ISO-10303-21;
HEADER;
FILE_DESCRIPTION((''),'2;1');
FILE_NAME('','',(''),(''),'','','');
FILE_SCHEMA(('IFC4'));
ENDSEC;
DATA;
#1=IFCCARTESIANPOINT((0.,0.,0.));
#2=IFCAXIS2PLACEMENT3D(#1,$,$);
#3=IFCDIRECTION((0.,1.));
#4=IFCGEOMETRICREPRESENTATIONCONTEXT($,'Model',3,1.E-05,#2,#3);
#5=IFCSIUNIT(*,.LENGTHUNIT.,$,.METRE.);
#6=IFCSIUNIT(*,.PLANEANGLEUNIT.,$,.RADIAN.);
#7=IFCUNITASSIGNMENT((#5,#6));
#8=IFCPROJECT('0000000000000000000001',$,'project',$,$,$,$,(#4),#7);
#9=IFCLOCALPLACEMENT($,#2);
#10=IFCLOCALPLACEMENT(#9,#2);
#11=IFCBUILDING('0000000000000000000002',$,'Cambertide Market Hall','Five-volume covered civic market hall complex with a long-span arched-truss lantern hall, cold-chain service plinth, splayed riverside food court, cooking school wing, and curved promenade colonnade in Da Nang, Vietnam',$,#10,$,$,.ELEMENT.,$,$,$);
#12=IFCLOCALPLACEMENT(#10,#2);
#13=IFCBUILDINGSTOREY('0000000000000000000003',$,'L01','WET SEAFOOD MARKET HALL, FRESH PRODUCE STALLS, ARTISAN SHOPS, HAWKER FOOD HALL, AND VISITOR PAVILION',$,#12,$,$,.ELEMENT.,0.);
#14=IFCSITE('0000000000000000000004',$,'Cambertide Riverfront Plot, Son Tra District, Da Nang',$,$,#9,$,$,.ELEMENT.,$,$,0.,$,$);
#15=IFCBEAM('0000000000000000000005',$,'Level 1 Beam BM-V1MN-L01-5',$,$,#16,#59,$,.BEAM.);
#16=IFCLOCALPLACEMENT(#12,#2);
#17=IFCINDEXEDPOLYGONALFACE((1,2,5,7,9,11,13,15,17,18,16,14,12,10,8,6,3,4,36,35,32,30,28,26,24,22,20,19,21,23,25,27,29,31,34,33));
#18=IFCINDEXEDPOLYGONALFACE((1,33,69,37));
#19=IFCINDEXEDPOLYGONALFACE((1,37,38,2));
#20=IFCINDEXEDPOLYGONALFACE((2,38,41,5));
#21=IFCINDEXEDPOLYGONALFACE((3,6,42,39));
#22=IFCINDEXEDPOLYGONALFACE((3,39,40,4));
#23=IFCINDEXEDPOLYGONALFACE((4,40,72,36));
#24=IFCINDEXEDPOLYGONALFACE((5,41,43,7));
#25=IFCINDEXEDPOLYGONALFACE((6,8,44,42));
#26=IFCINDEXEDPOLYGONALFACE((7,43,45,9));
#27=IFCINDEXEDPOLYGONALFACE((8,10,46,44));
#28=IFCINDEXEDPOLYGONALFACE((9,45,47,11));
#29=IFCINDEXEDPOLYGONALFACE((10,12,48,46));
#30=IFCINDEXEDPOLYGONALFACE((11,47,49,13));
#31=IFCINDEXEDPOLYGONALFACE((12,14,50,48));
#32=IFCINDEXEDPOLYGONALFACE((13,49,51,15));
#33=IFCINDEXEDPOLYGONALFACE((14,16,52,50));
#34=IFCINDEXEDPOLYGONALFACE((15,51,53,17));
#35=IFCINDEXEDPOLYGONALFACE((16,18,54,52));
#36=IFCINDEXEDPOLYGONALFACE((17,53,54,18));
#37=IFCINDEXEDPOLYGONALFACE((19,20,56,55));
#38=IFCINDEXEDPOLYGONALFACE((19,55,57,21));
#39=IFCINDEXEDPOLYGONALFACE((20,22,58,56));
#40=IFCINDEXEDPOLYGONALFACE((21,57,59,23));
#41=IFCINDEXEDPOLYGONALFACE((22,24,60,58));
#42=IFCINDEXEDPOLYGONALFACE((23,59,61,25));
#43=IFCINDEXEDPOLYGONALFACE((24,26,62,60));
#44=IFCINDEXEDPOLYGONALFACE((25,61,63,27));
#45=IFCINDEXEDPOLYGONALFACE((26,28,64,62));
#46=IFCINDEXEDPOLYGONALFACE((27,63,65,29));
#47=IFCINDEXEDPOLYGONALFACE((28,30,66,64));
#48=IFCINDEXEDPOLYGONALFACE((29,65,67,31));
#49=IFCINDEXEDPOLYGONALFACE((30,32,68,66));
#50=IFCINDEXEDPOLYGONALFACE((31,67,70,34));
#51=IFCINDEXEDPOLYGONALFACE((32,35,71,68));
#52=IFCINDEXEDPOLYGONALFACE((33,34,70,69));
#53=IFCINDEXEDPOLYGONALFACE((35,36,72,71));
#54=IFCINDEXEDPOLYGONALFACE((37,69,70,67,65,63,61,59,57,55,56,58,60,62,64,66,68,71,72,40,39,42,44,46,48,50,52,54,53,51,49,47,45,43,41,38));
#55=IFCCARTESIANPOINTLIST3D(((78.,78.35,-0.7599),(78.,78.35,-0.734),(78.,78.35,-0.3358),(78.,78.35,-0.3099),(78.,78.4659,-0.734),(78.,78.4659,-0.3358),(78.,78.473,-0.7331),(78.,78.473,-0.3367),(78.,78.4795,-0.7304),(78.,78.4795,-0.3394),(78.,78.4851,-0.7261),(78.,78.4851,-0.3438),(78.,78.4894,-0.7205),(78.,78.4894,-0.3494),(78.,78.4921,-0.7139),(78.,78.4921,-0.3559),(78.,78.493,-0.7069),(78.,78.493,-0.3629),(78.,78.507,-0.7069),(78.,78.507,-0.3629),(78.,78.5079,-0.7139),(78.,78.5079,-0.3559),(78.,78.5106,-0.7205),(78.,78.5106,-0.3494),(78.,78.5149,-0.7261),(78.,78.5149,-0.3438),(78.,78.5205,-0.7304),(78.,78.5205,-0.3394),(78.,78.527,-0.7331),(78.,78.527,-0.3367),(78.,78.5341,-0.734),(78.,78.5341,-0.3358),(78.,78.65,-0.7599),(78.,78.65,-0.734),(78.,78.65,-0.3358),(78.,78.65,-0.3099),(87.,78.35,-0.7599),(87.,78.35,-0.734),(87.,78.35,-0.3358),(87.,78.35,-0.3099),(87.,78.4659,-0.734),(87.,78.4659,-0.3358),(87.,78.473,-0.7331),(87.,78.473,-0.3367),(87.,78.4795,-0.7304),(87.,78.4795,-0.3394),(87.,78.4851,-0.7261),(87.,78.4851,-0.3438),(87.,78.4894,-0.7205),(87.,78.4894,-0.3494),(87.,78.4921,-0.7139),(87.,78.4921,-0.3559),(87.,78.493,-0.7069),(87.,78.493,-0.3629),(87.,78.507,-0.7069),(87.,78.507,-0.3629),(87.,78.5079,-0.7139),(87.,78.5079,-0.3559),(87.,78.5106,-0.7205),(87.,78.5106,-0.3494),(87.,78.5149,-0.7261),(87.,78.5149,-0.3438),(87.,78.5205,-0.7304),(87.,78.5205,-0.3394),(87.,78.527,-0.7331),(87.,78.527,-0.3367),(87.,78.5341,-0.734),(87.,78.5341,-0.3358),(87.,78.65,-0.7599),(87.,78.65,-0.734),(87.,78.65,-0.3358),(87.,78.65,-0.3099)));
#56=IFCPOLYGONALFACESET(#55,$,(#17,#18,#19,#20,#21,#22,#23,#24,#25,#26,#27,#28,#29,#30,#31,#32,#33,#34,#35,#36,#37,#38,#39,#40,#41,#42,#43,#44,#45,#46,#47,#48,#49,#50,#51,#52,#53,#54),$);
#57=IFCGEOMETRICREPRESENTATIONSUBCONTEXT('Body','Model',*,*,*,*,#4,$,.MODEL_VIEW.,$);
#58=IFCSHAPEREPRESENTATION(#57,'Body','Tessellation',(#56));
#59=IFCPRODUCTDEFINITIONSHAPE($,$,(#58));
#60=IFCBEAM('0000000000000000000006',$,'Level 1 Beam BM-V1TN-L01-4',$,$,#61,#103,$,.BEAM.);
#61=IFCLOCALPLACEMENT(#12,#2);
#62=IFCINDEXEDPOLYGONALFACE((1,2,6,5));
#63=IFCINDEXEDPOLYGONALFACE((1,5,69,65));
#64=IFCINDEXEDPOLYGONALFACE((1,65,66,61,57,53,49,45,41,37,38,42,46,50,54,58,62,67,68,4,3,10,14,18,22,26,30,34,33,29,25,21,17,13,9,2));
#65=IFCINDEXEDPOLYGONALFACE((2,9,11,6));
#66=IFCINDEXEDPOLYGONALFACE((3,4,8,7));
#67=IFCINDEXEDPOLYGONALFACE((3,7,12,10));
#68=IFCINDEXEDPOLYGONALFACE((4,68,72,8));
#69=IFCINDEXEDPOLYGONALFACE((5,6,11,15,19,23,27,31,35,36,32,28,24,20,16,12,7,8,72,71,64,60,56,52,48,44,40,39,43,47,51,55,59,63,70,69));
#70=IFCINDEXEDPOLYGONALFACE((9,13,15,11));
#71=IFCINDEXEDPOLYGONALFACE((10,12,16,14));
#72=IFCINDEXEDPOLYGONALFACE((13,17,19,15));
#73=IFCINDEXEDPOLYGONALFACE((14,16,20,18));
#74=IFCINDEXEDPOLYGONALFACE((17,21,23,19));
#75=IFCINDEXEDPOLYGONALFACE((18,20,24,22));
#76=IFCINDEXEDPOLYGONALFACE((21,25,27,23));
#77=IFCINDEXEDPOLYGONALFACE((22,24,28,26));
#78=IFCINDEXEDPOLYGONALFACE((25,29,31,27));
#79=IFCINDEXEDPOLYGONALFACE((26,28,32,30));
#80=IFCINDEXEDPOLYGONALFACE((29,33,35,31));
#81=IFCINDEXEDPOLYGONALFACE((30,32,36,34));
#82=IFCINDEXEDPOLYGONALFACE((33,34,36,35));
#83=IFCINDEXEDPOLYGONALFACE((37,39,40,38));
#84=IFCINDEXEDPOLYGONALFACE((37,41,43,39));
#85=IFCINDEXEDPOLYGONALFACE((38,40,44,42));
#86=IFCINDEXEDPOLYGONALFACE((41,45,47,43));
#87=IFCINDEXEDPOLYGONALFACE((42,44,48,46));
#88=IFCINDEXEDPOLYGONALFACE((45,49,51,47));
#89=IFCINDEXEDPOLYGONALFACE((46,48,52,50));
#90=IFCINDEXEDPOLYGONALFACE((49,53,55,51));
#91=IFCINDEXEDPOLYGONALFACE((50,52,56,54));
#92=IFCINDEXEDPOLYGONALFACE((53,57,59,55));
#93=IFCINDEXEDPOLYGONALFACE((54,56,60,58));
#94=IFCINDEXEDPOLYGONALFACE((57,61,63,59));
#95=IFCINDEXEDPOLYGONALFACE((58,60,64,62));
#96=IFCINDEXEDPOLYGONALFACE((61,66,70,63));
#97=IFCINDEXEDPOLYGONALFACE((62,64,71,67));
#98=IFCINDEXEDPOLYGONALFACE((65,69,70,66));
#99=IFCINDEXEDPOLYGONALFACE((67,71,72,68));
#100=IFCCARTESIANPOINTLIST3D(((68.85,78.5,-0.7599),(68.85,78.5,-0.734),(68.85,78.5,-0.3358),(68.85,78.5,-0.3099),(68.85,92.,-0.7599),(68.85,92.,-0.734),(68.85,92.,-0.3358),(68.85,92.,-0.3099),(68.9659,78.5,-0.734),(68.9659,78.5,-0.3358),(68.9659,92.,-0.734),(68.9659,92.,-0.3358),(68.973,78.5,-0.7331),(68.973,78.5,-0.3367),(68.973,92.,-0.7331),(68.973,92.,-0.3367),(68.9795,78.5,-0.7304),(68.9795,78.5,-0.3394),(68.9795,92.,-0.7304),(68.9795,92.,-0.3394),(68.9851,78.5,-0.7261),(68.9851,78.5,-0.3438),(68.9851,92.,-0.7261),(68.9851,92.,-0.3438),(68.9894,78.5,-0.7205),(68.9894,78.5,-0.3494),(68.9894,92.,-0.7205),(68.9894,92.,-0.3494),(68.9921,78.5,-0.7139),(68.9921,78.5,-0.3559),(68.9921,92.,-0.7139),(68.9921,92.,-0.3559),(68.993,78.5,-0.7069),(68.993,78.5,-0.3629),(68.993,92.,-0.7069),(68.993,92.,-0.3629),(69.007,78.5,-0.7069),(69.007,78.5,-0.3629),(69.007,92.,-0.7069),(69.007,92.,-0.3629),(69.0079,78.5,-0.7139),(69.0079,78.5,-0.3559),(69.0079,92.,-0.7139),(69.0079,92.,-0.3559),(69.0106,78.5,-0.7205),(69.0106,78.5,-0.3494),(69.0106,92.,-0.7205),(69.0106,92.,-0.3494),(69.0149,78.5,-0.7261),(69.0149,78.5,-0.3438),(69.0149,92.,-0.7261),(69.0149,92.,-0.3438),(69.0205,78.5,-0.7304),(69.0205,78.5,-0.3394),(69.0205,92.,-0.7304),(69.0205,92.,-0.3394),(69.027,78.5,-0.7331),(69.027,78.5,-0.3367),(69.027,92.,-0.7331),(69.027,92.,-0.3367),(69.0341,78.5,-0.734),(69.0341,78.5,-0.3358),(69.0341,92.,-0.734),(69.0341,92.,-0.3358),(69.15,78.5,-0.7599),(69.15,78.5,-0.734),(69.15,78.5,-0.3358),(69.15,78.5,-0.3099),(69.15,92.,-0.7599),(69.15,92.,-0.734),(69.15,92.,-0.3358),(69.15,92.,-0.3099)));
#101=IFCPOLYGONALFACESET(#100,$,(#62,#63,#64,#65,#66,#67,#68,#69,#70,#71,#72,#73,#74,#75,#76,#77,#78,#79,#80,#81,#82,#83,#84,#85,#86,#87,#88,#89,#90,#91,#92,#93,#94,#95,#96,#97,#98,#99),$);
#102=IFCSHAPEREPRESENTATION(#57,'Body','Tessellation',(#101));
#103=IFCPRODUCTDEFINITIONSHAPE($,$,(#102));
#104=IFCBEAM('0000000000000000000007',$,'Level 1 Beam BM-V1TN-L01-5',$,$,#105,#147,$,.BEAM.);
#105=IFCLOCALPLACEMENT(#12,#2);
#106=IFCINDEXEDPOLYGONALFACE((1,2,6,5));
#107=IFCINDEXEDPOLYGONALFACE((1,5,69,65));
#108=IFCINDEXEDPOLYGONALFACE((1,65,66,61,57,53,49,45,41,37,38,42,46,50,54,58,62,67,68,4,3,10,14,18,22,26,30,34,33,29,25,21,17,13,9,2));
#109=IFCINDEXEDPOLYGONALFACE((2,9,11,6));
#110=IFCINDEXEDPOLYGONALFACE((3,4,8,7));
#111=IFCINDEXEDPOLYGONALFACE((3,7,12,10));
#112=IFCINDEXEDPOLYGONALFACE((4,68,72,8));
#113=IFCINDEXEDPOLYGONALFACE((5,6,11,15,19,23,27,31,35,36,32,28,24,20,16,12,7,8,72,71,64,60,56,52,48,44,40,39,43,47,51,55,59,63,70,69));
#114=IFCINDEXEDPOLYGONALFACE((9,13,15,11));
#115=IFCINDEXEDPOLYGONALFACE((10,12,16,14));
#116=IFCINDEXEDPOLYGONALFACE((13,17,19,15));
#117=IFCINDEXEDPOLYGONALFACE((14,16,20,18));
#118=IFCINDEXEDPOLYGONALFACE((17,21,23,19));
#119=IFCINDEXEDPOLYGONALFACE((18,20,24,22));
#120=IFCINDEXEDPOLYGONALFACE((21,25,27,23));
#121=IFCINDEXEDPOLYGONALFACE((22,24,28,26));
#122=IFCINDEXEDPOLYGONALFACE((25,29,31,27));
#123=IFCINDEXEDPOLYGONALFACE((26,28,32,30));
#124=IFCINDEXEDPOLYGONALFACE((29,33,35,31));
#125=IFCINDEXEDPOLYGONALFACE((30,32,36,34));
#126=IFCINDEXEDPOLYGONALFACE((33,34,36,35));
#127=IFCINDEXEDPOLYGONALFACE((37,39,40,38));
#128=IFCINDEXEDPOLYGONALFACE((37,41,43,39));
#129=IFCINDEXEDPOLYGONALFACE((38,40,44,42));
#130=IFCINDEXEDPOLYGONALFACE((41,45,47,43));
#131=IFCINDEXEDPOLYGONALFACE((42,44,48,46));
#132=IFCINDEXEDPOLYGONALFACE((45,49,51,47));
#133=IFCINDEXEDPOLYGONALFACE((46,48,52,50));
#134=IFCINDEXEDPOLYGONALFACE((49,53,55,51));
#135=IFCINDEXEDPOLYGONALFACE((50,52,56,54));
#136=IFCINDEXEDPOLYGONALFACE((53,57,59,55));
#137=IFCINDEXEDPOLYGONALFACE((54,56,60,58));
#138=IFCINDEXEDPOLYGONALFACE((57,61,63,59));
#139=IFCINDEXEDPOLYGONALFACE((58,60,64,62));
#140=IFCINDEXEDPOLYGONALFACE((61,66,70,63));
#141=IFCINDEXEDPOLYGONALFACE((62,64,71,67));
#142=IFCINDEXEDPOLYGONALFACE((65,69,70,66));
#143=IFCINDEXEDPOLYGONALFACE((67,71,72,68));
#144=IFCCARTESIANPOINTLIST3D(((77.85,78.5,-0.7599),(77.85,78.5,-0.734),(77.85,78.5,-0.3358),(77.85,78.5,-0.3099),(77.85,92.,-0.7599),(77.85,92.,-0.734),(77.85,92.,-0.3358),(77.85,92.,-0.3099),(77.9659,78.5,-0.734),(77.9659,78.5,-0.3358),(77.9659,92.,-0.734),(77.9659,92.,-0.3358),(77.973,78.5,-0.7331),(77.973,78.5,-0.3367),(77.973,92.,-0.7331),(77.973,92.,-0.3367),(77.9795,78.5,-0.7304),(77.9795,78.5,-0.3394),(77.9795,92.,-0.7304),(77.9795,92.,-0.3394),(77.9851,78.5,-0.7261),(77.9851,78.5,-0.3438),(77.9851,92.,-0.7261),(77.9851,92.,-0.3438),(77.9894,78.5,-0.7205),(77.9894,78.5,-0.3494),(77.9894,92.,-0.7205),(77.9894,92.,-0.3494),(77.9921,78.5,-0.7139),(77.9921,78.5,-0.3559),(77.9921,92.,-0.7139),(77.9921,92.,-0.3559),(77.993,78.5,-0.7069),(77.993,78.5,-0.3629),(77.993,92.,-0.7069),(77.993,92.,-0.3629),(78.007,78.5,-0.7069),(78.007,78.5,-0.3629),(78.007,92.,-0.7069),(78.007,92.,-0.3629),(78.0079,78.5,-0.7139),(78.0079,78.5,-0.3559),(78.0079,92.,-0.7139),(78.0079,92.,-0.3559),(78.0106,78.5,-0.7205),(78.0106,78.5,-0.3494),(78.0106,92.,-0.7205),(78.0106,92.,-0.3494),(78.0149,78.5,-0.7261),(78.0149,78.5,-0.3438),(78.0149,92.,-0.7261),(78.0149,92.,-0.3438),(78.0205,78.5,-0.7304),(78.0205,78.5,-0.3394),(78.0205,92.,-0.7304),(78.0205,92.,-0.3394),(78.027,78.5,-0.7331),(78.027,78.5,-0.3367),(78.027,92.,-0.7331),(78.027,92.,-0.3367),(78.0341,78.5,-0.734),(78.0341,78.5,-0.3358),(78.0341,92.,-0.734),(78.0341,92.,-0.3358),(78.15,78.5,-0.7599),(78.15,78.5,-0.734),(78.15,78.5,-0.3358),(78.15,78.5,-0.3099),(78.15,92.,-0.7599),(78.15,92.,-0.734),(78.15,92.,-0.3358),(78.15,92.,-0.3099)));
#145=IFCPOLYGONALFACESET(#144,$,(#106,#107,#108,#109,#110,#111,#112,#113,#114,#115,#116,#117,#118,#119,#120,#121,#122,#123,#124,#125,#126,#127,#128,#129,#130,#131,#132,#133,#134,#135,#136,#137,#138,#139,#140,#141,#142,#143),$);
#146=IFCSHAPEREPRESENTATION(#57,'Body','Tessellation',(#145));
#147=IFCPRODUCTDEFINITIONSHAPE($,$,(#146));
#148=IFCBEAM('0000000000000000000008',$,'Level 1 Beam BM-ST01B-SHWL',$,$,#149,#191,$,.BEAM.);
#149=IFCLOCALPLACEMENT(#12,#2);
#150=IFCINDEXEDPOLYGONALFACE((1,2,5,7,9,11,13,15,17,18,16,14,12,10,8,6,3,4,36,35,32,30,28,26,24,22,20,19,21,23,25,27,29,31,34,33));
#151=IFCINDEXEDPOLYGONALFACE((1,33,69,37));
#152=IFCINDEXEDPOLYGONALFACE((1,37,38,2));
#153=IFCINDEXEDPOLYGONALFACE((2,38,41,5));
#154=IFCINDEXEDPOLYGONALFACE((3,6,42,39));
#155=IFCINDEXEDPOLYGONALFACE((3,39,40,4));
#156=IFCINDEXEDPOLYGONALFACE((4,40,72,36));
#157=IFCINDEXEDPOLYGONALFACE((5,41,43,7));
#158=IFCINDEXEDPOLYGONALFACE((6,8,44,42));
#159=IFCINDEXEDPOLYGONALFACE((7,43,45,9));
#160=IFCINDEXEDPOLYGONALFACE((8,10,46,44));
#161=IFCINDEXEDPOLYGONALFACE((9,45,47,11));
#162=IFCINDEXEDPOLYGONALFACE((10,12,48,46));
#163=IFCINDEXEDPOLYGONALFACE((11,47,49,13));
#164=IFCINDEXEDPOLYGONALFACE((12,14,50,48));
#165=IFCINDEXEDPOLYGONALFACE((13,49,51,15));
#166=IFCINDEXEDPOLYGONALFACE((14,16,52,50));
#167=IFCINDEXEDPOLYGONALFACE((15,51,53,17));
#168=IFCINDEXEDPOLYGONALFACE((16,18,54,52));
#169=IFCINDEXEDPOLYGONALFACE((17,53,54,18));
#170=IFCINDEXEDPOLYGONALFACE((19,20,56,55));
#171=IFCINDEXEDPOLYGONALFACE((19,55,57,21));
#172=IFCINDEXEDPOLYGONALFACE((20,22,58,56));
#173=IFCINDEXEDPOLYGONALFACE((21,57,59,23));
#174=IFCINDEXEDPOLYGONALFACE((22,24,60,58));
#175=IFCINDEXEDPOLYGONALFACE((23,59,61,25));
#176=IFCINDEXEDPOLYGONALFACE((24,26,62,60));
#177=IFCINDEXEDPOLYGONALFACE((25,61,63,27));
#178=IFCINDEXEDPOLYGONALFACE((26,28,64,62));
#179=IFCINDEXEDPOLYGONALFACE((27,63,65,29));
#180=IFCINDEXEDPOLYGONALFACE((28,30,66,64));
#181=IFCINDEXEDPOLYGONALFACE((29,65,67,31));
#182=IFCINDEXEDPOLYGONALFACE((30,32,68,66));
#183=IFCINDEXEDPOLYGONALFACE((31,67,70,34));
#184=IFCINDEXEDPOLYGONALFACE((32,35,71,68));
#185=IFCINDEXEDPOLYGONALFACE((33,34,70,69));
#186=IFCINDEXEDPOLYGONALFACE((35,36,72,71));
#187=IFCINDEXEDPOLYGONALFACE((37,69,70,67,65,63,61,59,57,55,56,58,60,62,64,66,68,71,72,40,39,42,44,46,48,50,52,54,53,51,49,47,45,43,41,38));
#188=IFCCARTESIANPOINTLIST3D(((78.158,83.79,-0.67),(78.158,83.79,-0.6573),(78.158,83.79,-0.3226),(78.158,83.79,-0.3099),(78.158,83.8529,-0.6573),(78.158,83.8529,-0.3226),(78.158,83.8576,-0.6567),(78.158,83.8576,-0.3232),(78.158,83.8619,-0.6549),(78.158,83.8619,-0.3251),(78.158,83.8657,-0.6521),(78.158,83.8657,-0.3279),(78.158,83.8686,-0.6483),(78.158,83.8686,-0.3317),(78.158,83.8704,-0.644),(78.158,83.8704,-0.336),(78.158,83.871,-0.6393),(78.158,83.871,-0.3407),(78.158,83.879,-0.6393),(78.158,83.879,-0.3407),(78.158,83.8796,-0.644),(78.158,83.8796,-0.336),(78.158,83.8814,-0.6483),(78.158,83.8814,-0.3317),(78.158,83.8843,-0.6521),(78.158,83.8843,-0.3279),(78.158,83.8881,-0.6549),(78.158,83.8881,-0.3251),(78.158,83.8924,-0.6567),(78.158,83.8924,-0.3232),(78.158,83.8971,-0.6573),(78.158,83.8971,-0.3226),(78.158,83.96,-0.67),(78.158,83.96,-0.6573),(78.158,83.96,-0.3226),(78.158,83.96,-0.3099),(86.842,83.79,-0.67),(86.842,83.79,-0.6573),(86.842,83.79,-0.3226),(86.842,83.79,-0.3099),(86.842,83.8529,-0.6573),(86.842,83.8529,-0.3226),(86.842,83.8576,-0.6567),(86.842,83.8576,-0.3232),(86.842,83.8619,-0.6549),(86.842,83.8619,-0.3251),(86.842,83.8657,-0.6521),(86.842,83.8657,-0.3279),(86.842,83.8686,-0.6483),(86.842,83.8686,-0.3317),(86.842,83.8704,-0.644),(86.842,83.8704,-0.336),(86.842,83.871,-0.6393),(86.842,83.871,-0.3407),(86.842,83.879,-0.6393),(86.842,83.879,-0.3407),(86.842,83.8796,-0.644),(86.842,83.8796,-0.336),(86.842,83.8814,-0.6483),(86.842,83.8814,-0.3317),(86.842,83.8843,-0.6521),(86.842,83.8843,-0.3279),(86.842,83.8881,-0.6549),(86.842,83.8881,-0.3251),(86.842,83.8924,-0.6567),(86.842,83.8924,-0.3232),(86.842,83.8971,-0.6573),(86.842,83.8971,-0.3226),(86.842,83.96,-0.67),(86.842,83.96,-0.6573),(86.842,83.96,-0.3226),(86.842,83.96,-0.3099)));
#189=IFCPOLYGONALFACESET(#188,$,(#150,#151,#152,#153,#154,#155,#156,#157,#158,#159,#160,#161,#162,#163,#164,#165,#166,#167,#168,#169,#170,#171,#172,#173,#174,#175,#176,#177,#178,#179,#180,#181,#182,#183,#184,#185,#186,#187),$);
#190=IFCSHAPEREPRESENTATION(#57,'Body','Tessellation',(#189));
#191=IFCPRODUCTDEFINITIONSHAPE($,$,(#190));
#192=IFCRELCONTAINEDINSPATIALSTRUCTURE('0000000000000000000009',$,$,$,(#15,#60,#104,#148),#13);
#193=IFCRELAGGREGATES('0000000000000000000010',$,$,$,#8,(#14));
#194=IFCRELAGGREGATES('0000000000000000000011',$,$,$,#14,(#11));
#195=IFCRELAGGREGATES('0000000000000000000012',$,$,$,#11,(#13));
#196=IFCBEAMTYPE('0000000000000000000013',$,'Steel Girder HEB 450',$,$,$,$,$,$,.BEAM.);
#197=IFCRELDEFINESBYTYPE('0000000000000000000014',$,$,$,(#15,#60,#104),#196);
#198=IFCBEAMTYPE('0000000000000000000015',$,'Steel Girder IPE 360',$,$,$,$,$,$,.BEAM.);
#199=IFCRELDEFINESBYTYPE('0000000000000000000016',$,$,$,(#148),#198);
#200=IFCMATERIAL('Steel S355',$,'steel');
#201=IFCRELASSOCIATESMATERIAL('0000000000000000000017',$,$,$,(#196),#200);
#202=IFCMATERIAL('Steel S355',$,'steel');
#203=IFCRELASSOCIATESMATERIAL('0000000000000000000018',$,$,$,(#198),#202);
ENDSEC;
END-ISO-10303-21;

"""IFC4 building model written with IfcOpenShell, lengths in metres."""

from ifc_helpers import new_model, si_unit, direction, frame, origin, origin_2d, place, context, subcontext, project, spatial, i_section, extrude, material, material_profile, profile_set, type_object, element, save


model = new_model("IFC4")

# Units and contexts
model_context = context("Model", 3, precision=1e-05, world=origin(), true_north=direction((0.0, 1.0)))
body_context = subcontext(model_context, "Body", "Model", "MODEL_VIEW")
ifc_project = project(units=[si_unit("LENGTHUNIT", "METRE"), si_unit("PLANEANGLEUNIT", "RADIAN")], contexts=[model_context])

# Site, building, storey
site_placement = place(None, origin())
site = spatial("IfcSite", under=ifc_project, at=site_placement, Name="Cambertide Riverfront Plot, Son Tra District, Da Nang", CompositionType="ELEMENT", RefElevation=0.0)
building_placement = place(site_placement, origin())
building = spatial("IfcBuilding", under=site, at=building_placement, Name="Cambertide Market Hall", Description="Five-volume covered civic market hall complex with a long-span arched-truss lantern hall, cold-chain service plinth, splayed riverside food court, cooking school wing, and curved promenade colonnade in Da Nang, Vietnam", CompositionType="ELEMENT")
storey_placement = place(building_placement, origin())
storey = spatial("IfcBuildingStorey", under=building, at=storey_placement, Name="L01", Description="WET SEAFOOD MARKET HALL, FRESH PRODUCE STALLS, ARTISAN SHOPS, HAWKER FOOD HALL, AND VISITOR PAVILION", CompositionType="ELEMENT", Elevation=0.0)

# Beams
ifc_material_1 = material(Name="Steel S355", Category="steel")
ifc_material_profile_1 = material_profile(ifc_material_1, i_section(OverallWidth=0.3, OverallDepth=0.45, WebThickness=0.0139, FlangeThickness=0.0259, FilletRadius=0.0271, at=origin_2d()), Name="HEB 450")
ifc_profile_set_1 = profile_set([ifc_material_profile_1], Name="Steel S355")
beam_type_1 = type_object("IfcBeamType", Name="Steel Girder HEB 450", PredefinedType="BEAM", material=ifc_profile_set_1)
for number, where, z_axis, x_axis, name in (
    (1, (78.0, 78.5, -0.5349), (1.0, 0.0, 0.0), (0.0, 1.0, 0.0), "Level 1 Beam BM-V1MN-L01-5"),
):
    element("IfcBeam", number, at=place(storey_placement, frame(where, z_axis=z_axis, x_axis=x_axis)), inside=storey, type_object=beam_type_1, Name=name, PredefinedType="BEAM", context=body_context, shape_type="SweptSolid", body=[
        extrude(i_section(OverallWidth=0.3, OverallDepth=0.45, WebThickness=0.0139, FlangeThickness=0.0259, FilletRadius=0.0271, at=origin_2d()), origin(), (0.0, 0.0, 1.0), 9.0),
    ])
for number, where, z_axis, x_axis, name in (
    (2, (69.0, 78.5, -0.5349), (0.0, 1.0, 0.0), (-1.0, 0.0, 0.0), "Level 1 Beam BM-V1TN-L01-4"),
    (3, (78.0, 78.5, -0.5349), (0.0, 1.0, 0.0), (-1.0, 0.0, 0.0), "Level 1 Beam BM-V1TN-L01-5"),
):
    element("IfcBeam", number, at=place(storey_placement, frame(where, z_axis=z_axis, x_axis=x_axis)), inside=storey, type_object=beam_type_1, Name=name, PredefinedType="BEAM", context=body_context, shape_type="SweptSolid", body=[
        extrude(i_section(OverallWidth=0.3, OverallDepth=0.45, WebThickness=0.0139, FlangeThickness=0.0259, FilletRadius=0.0271, at=origin_2d()), origin(), (0.0, 0.0, 1.0), 13.5),
    ])
ifc_material_2 = material(Name="Steel S355", Category="steel")
ifc_material_profile_2 = material_profile(ifc_material_2, i_section(OverallWidth=0.1699, OverallDepth=0.3601, WebThickness=0.0081, FlangeThickness=0.0127, FilletRadius=0.0181, at=origin_2d()), Name="IPE 360")
ifc_profile_set_2 = profile_set([ifc_material_profile_2], Name="Steel S355")
beam_type_2 = type_object("IfcBeamType", Name="Steel Girder IPE 360", PredefinedType="BEAM", material=ifc_profile_set_2)
for number, where, z_axis, x_axis, name in (
    (4, (78.158, 83.875, -0.49), (1.0, 0.0, 0.0), (0.0, 1.0, 0.0), "Level 1 Beam BM-ST01B-SHWL"),
):
    element("IfcBeam", number, at=place(storey_placement, frame(where, z_axis=z_axis, x_axis=x_axis)), inside=storey, type_object=beam_type_2, Name=name, PredefinedType="BEAM", context=body_context, shape_type="SweptSolid", body=[
        extrude(i_section(OverallWidth=0.1699, OverallDepth=0.3601, WebThickness=0.0081, FlangeThickness=0.0127, FilletRadius=0.0181, at=origin_2d()), origin(), (0.0, 0.0, 1.0), 8.6841),
    ])

save(model, "model.ifc")
